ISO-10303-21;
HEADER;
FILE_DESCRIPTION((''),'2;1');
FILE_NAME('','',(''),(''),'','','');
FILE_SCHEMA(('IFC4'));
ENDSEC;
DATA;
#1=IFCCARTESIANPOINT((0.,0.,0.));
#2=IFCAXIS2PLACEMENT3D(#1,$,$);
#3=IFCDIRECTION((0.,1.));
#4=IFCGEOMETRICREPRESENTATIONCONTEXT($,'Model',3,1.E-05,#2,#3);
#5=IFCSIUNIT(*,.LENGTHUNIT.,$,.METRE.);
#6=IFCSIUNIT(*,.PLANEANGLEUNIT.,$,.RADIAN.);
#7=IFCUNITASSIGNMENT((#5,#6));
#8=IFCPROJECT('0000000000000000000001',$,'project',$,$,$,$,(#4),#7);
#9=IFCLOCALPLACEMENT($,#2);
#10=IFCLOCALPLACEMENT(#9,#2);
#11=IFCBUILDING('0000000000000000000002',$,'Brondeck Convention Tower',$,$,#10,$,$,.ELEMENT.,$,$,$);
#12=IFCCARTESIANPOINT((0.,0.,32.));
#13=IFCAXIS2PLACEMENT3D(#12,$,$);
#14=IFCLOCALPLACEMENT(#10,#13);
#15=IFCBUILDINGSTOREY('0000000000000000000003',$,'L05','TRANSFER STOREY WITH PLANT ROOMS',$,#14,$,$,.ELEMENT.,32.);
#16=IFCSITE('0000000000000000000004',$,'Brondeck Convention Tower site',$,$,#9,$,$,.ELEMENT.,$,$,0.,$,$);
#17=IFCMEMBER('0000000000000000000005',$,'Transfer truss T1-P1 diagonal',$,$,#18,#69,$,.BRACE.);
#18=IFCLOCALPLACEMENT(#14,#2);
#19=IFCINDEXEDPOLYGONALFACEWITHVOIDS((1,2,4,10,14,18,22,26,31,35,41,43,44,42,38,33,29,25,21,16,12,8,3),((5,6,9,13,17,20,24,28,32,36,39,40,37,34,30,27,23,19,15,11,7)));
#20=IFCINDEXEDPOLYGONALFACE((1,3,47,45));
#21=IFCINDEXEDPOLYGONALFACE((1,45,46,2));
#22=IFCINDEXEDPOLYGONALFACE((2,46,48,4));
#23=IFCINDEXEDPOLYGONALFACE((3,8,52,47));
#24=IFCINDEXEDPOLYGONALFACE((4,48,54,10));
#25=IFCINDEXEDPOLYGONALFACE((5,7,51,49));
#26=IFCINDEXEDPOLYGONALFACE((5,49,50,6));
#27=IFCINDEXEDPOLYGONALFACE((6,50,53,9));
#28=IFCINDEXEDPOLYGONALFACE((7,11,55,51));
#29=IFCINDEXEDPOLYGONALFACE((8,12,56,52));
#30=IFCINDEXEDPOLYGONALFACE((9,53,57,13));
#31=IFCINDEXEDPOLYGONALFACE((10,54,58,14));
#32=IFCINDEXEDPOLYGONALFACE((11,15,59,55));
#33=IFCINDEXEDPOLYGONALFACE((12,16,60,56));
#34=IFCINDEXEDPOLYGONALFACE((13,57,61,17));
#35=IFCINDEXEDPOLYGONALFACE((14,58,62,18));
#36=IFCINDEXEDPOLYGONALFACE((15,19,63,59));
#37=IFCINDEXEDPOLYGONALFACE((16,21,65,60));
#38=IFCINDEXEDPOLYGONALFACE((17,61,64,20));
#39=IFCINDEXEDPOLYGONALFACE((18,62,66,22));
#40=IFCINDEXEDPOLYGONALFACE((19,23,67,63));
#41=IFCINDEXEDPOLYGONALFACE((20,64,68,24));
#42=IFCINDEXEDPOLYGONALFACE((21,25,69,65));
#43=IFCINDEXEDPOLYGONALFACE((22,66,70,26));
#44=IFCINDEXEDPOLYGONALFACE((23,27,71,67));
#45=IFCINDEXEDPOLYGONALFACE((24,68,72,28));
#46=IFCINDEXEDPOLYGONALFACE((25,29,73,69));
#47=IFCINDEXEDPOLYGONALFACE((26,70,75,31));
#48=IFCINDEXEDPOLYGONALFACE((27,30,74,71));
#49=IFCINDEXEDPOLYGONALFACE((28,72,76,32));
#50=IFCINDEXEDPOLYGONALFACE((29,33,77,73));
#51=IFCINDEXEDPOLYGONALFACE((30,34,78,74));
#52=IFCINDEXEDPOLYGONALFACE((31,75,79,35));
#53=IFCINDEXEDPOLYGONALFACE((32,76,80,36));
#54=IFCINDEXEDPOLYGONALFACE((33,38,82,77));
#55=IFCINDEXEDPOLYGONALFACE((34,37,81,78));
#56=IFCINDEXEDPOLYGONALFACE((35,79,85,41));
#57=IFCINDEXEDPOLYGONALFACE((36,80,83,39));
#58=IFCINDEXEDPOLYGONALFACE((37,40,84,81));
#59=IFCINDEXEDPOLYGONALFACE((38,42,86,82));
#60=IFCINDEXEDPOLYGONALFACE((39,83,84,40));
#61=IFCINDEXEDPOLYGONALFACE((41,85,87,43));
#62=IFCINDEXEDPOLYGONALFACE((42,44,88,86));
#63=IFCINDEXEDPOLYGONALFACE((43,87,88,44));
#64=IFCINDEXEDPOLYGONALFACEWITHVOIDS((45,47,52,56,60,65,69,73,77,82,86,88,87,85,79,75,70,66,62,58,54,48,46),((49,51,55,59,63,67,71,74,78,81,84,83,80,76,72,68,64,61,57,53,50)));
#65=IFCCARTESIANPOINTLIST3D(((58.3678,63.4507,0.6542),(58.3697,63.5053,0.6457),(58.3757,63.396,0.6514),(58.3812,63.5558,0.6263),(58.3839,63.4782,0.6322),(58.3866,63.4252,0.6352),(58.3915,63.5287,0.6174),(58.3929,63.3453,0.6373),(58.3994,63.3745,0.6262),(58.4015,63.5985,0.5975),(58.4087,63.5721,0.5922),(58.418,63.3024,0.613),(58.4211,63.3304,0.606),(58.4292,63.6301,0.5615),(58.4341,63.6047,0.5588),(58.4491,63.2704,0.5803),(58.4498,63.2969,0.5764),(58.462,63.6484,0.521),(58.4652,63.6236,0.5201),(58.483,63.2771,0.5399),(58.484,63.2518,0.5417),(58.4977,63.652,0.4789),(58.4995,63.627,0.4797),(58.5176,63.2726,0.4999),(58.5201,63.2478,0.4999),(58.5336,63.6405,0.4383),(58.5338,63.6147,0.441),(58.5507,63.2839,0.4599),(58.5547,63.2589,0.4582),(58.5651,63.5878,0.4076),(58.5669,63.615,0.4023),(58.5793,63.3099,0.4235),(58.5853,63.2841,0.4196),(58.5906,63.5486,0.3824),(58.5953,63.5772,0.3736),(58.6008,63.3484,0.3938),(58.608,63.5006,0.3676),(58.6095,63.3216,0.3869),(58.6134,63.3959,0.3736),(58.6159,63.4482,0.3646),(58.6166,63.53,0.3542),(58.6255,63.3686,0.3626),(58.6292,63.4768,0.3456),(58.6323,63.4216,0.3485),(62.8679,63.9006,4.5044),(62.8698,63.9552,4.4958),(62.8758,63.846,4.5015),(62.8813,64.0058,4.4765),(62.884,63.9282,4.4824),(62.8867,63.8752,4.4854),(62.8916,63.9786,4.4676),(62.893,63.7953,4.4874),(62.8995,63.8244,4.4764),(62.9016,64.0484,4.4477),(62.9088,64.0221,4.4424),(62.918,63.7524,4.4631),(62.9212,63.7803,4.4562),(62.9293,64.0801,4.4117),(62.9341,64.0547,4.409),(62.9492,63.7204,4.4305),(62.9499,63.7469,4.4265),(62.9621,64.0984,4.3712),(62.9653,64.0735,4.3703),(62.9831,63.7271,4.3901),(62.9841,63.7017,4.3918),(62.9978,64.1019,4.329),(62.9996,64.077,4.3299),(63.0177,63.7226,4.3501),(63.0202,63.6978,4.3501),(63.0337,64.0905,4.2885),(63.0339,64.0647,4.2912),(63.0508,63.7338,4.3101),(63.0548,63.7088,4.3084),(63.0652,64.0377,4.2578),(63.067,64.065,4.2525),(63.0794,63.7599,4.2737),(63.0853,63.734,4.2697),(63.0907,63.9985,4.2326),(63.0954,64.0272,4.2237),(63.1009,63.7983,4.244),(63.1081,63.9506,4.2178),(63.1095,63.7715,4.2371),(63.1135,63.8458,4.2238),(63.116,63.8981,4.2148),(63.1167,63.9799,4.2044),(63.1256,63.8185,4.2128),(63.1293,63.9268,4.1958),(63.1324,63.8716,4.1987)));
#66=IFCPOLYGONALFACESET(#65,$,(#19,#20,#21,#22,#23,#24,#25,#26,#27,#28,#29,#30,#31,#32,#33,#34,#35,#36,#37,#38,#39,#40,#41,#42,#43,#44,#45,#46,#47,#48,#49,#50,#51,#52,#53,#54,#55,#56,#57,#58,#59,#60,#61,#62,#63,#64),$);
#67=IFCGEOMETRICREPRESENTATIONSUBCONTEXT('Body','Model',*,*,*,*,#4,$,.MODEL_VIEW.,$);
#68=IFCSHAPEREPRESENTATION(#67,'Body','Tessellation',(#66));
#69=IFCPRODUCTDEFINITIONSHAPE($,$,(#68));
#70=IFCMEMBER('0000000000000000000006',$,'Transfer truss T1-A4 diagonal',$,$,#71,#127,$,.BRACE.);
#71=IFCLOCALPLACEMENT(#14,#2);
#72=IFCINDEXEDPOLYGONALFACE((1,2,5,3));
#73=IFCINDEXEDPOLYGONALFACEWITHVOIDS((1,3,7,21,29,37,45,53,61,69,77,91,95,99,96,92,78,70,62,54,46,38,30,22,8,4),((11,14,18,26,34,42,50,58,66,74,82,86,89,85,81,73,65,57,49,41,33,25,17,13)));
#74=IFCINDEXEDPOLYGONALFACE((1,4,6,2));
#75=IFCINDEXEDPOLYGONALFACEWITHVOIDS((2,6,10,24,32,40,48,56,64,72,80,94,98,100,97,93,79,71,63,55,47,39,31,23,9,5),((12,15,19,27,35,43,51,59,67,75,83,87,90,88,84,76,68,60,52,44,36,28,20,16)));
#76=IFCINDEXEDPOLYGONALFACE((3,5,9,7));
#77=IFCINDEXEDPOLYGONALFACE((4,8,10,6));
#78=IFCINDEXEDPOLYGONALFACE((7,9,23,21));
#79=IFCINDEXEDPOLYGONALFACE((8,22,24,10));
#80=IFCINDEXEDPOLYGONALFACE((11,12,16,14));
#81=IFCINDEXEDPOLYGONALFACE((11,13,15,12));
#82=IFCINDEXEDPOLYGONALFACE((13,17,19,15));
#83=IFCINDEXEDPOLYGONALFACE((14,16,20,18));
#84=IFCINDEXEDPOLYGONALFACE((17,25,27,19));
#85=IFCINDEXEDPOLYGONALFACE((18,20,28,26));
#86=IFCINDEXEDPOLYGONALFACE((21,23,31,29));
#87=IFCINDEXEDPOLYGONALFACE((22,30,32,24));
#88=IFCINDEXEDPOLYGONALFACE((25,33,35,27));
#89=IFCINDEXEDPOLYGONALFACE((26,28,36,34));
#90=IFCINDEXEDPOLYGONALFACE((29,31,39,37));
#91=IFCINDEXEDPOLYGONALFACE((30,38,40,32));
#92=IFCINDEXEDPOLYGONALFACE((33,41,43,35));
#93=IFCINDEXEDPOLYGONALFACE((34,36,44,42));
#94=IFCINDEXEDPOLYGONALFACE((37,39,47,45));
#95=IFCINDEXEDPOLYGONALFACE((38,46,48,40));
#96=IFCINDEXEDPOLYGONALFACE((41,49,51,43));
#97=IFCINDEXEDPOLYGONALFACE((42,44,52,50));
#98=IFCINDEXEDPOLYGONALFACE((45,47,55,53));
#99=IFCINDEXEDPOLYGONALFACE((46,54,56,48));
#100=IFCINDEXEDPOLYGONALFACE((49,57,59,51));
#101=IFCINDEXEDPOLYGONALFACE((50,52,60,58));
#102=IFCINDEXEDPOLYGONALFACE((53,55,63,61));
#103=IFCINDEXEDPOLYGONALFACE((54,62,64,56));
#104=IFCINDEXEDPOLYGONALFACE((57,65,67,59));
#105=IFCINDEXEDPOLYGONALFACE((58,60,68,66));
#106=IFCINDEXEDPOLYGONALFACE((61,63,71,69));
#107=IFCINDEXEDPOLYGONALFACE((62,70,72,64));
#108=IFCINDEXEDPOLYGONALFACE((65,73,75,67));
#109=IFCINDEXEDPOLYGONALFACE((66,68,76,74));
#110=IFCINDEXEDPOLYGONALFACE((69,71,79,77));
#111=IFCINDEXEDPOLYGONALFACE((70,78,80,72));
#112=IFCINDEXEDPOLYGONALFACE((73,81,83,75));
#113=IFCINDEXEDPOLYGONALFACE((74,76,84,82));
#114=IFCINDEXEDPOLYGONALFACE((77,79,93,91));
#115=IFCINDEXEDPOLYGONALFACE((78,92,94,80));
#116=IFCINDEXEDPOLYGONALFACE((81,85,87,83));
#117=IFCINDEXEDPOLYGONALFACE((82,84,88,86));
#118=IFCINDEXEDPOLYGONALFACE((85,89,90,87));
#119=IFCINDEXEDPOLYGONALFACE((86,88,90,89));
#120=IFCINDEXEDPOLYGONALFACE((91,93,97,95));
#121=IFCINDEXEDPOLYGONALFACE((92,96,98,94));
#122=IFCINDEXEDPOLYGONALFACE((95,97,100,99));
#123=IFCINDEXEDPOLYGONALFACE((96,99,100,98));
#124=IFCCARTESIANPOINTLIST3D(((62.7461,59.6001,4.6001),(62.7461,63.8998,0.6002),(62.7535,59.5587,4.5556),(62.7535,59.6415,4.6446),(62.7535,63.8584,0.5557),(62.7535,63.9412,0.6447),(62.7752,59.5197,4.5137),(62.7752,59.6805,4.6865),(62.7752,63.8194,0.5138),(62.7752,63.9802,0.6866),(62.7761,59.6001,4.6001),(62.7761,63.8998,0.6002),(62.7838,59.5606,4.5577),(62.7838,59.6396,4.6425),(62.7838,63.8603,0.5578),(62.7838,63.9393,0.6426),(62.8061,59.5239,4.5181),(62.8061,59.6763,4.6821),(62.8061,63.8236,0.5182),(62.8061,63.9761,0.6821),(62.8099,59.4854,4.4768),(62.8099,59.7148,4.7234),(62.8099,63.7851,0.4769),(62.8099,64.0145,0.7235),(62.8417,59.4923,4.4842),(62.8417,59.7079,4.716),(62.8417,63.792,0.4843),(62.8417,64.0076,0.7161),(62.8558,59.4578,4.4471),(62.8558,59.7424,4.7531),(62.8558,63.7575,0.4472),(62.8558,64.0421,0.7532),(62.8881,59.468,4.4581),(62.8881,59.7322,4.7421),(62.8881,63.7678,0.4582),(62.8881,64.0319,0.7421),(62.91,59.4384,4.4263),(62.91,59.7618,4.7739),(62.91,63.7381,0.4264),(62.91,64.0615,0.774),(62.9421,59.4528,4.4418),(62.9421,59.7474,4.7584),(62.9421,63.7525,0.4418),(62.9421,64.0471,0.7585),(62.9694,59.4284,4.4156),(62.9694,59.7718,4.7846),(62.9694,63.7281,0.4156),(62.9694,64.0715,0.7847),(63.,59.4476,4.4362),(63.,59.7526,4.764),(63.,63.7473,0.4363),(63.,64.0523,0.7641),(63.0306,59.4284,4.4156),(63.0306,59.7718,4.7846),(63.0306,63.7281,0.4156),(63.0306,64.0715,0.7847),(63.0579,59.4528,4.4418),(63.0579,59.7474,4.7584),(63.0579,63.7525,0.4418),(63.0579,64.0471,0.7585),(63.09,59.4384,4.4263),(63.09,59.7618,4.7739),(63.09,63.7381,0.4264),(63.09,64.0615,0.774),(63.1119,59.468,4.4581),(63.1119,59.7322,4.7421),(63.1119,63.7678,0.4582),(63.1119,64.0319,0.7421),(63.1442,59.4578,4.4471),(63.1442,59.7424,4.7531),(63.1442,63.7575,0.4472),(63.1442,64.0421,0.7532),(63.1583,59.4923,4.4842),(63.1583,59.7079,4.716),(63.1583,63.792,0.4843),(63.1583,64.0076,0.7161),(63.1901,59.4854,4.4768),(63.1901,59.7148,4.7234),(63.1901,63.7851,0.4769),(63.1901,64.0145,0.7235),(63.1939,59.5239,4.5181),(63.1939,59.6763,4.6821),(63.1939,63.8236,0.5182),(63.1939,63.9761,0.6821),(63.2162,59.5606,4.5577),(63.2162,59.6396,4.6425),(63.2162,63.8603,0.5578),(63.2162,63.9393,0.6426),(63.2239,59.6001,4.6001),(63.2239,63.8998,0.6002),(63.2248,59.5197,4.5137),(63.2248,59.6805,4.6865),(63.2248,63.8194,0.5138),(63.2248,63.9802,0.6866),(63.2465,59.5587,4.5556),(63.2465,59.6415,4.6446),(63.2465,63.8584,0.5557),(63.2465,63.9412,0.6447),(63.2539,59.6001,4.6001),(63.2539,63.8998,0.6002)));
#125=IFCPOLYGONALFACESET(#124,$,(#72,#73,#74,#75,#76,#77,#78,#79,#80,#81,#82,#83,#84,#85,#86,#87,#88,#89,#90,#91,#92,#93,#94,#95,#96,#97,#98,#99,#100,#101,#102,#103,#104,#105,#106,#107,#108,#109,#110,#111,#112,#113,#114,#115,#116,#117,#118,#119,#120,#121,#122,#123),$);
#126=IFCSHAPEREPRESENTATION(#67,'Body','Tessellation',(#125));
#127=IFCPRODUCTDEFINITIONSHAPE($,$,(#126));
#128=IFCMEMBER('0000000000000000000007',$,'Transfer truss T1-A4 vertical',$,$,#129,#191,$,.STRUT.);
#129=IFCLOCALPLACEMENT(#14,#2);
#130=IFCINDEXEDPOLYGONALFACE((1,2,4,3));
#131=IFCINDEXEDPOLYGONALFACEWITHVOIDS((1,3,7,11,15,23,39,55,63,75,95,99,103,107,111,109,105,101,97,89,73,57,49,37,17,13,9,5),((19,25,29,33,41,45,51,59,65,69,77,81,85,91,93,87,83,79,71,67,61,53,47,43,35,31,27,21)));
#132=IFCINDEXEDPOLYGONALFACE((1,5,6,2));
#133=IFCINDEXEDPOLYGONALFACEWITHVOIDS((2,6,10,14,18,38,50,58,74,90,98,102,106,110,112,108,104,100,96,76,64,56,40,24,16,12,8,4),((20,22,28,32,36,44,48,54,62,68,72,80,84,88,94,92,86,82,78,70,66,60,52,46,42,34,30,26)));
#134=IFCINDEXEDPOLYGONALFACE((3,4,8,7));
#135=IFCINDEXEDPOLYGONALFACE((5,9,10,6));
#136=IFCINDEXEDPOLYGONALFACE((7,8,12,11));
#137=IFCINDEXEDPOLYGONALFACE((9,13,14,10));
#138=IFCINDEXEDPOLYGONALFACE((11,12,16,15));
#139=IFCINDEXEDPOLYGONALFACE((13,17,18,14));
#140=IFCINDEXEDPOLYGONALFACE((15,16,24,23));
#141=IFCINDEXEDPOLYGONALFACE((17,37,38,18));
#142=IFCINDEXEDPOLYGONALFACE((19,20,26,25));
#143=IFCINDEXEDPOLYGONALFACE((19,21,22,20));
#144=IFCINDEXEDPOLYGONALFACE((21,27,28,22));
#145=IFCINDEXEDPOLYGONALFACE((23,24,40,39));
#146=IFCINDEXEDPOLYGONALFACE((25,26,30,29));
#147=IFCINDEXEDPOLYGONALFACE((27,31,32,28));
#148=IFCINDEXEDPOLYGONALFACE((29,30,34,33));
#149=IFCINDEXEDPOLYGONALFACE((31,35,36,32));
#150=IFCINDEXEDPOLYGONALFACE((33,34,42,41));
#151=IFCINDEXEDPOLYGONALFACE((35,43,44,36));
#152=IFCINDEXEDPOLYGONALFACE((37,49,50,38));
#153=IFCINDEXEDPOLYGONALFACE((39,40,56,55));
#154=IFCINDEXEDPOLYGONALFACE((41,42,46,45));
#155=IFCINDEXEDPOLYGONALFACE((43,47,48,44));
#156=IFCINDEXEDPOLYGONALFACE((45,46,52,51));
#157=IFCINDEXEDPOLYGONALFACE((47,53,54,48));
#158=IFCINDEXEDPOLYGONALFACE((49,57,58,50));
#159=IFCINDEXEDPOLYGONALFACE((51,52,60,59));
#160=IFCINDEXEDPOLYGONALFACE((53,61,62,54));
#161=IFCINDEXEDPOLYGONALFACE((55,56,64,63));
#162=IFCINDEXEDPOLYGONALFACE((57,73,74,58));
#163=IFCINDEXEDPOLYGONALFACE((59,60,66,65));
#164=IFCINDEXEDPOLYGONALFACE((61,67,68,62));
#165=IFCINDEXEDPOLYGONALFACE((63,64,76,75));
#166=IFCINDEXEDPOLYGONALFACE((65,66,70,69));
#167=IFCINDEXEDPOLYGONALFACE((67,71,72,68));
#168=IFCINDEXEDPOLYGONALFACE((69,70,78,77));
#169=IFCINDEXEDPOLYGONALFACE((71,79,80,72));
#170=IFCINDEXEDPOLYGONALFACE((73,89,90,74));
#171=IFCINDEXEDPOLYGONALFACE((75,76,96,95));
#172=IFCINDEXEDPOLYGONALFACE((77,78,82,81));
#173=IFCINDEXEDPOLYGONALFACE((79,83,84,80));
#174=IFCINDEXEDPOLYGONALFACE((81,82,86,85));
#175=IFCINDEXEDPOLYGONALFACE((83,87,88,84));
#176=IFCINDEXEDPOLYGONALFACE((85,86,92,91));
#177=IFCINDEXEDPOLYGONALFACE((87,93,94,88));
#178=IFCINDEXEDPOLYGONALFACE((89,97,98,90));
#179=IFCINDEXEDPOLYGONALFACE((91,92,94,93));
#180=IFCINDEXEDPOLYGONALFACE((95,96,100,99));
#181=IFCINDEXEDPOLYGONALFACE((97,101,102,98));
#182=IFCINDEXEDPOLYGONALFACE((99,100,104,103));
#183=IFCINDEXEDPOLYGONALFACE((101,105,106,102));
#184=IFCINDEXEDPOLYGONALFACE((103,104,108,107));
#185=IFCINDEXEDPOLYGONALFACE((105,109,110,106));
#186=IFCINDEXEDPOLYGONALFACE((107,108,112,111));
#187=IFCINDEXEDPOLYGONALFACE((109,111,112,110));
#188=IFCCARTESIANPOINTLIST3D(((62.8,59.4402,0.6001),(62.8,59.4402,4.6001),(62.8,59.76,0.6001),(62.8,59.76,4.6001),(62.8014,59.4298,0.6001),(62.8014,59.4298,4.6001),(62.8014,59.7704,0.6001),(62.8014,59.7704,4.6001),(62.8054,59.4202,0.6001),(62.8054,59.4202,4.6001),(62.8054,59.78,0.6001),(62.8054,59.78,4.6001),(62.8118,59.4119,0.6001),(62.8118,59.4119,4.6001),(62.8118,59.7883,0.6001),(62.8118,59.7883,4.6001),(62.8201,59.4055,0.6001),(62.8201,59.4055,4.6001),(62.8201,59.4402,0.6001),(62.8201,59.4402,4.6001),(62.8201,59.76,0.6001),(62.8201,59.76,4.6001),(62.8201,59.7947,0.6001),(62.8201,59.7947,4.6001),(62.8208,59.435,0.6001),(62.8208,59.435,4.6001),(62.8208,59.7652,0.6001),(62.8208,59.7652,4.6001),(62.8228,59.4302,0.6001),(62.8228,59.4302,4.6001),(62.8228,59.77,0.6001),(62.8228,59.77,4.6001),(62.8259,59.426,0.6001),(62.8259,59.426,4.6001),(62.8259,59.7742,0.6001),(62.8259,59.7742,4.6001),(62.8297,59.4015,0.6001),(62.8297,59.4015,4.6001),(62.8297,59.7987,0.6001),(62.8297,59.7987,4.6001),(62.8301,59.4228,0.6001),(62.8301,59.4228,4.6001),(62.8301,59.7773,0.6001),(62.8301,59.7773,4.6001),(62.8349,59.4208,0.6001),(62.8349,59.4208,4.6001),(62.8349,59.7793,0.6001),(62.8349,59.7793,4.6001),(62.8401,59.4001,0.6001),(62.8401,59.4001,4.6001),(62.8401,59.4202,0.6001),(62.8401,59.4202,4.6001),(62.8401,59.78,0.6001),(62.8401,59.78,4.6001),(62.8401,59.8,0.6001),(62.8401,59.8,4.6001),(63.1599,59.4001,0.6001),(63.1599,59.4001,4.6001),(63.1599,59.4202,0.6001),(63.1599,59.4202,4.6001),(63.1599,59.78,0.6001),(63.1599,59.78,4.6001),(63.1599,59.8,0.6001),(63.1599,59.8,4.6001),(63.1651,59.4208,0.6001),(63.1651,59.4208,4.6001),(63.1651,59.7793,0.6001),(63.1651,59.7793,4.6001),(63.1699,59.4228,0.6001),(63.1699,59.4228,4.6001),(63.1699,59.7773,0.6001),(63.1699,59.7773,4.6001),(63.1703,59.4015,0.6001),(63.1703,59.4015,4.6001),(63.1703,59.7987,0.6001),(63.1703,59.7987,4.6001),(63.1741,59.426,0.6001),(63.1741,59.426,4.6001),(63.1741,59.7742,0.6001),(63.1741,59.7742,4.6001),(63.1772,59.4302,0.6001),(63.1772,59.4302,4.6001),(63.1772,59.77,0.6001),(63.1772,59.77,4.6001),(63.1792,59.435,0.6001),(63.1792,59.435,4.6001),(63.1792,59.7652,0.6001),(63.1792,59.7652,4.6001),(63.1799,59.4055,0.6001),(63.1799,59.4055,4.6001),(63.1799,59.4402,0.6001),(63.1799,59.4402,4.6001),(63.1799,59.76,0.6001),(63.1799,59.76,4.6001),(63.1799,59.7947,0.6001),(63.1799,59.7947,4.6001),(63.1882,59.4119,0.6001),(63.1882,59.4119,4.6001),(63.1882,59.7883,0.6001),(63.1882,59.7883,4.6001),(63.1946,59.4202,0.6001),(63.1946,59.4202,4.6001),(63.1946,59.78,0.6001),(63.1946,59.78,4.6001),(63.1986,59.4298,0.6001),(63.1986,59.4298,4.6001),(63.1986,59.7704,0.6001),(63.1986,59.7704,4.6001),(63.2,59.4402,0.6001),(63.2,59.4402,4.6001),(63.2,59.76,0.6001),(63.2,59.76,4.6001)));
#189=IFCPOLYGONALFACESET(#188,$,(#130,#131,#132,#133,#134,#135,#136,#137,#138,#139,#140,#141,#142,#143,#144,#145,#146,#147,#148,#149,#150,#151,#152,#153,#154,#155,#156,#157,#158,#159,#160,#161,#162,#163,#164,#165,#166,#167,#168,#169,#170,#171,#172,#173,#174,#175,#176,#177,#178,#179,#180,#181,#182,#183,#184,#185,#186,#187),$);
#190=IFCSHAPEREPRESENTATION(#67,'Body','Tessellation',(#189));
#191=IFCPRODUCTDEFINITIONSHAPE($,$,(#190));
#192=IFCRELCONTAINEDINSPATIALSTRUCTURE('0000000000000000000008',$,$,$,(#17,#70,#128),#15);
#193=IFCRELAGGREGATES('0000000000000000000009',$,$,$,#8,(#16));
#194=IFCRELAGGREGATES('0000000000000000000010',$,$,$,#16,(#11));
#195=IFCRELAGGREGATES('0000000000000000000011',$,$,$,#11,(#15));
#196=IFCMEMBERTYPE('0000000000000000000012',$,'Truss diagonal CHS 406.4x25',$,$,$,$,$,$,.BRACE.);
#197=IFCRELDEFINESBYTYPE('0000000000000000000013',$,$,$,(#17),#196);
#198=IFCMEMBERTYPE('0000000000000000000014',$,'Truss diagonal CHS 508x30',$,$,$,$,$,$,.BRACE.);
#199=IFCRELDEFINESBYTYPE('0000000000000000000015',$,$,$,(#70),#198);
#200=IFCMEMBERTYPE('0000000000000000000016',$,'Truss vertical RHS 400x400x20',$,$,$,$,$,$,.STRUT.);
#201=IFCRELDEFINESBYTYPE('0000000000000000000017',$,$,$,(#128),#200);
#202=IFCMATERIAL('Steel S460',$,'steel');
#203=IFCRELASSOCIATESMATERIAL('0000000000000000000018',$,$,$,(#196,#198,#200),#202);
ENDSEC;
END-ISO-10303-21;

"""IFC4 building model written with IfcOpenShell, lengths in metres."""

from ifc_helpers import new_model, si_unit, direction, frame, origin, origin_2d, place, context, subcontext, project, spatial, hollow_rectangle, hollow_circle, extrude, material, material_profile, profile_set, type_object, element, save


model = new_model("IFC4")

# Units and contexts
model_context = context("Model", 3, precision=1e-05, world=origin(), true_north=direction((0.0, 1.0)))
body_context = subcontext(model_context, "Body", "Model", "MODEL_VIEW")
ifc_project = project(units=[si_unit("LENGTHUNIT", "METRE"), si_unit("PLANEANGLEUNIT", "RADIAN")], contexts=[model_context])

# Site, building, storey
site_placement = place(None, origin())
site = spatial("IfcSite", under=ifc_project, at=site_placement, Name="Brondeck Convention Tower site", CompositionType="ELEMENT", RefElevation=0.0)
building_placement = place(site_placement, origin())
building = spatial("IfcBuilding", under=site, at=building_placement, Name="Brondeck Convention Tower", CompositionType="ELEMENT")
storey_placement = place(building_placement, frame((0.0, 0.0, 32.0)))
storey = spatial("IfcBuildingStorey", under=building, at=storey_placement, Name="L05", Description="TRANSFER STOREY WITH PLANT ROOMS", CompositionType="ELEMENT", Elevation=32.0)

# Shared definitions
ifc_material_1 = material(Name="Steel S460", Category="steel")

# Members
ifc_material_profile_1 = material_profile(ifc_material_1, hollow_circle(Radius=0.2031, WallThickness=0.0249, at=origin_2d()), Name="CHS 406.4x25")
ifc_profile_set_1 = profile_set([ifc_material_profile_1], Name="Steel S460")
member_type_1 = type_object("IfcMemberType", Name="Truss diagonal CHS 406.4x25", PredefinedType="BRACE", material=ifc_profile_set_1)
for number, where, z_axis, x_axis, name in (
    (1, (63.0, 63.8999, 4.3501), (-0.75766, -0.075758, -0.648237), (0.099493, -0.995038, 0.0), "Transfer truss T1-P1 diagonal"),
):
    element("IfcMember", number, at=place(storey_placement, frame(where, z_axis=z_axis, x_axis=x_axis)), inside=storey, type_object=member_type_1, Name=name, PredefinedType="BRACE", context=body_context, shape_type="SweptSolid", body=[
        extrude(hollow_circle(Radius=0.2031, WallThickness=0.0249, at=origin_2d()), origin(), (0.0, 0.0, 1.0), 5.9395),
    ])
ifc_material_profile_2 = material_profile(ifc_material_1, hollow_circle(Radius=0.2539, WallThickness=0.03, at=origin_2d()), Name="CHS 508x30")
ifc_profile_set_2 = profile_set([ifc_material_profile_2], Name="Steel S460")
member_type_2 = type_object("IfcMemberType", Name="Truss diagonal CHS 508x30", PredefinedType="BRACE", material=ifc_profile_set_2)
member_1_placement = place(storey_placement, frame((63.0, 59.6001, 4.6001), z_axis=(0.0, 0.732171, -0.681121), x_axis=(-1.0, 0.0, 0.0)))
element("IfcMember", 2, at=member_1_placement, inside=storey, type_object=member_type_2, Name="Transfer truss T1-A4 diagonal", PredefinedType="BRACE", context=body_context, shape_type="SweptSolid", body=[
    extrude(hollow_circle(Radius=0.2539, WallThickness=0.03, at=origin_2d()), origin(), (0.0, 0.0, 1.0), 5.8726),
])
ifc_material_profile_3 = material_profile(ifc_material_1, hollow_rectangle(XDim=0.3999, YDim=0.3999, WallThickness=0.02, InnerFilletRadius=0.02, OuterFilletRadius=0.04, at=origin_2d()), Name="RHS 400x400x20")
ifc_profile_set_3 = profile_set([ifc_material_profile_3], Name="Steel S460")
member_type_3 = type_object("IfcMemberType", Name="Truss vertical RHS 400x400x20", PredefinedType="STRUT", material=ifc_profile_set_3)
member_2_placement = place(storey_placement, frame((63.0, 59.6001, 0.6001), z_axis=(0.0, 0.0, 1.0), x_axis=(1.0, 0.0, 0.0)))
element("IfcMember", 3, at=member_2_placement, inside=storey, type_object=member_type_3, Name="Transfer truss T1-A4 vertical", PredefinedType="STRUT", context=body_context, shape_type="SweptSolid", body=[
    extrude(hollow_rectangle(XDim=0.3999, YDim=0.3999, WallThickness=0.02, InnerFilletRadius=0.02, OuterFilletRadius=0.04, at=origin_2d()), origin(), (0.0, 0.0, 1.0), 4.0),
])

save(model, "model.ifc")
